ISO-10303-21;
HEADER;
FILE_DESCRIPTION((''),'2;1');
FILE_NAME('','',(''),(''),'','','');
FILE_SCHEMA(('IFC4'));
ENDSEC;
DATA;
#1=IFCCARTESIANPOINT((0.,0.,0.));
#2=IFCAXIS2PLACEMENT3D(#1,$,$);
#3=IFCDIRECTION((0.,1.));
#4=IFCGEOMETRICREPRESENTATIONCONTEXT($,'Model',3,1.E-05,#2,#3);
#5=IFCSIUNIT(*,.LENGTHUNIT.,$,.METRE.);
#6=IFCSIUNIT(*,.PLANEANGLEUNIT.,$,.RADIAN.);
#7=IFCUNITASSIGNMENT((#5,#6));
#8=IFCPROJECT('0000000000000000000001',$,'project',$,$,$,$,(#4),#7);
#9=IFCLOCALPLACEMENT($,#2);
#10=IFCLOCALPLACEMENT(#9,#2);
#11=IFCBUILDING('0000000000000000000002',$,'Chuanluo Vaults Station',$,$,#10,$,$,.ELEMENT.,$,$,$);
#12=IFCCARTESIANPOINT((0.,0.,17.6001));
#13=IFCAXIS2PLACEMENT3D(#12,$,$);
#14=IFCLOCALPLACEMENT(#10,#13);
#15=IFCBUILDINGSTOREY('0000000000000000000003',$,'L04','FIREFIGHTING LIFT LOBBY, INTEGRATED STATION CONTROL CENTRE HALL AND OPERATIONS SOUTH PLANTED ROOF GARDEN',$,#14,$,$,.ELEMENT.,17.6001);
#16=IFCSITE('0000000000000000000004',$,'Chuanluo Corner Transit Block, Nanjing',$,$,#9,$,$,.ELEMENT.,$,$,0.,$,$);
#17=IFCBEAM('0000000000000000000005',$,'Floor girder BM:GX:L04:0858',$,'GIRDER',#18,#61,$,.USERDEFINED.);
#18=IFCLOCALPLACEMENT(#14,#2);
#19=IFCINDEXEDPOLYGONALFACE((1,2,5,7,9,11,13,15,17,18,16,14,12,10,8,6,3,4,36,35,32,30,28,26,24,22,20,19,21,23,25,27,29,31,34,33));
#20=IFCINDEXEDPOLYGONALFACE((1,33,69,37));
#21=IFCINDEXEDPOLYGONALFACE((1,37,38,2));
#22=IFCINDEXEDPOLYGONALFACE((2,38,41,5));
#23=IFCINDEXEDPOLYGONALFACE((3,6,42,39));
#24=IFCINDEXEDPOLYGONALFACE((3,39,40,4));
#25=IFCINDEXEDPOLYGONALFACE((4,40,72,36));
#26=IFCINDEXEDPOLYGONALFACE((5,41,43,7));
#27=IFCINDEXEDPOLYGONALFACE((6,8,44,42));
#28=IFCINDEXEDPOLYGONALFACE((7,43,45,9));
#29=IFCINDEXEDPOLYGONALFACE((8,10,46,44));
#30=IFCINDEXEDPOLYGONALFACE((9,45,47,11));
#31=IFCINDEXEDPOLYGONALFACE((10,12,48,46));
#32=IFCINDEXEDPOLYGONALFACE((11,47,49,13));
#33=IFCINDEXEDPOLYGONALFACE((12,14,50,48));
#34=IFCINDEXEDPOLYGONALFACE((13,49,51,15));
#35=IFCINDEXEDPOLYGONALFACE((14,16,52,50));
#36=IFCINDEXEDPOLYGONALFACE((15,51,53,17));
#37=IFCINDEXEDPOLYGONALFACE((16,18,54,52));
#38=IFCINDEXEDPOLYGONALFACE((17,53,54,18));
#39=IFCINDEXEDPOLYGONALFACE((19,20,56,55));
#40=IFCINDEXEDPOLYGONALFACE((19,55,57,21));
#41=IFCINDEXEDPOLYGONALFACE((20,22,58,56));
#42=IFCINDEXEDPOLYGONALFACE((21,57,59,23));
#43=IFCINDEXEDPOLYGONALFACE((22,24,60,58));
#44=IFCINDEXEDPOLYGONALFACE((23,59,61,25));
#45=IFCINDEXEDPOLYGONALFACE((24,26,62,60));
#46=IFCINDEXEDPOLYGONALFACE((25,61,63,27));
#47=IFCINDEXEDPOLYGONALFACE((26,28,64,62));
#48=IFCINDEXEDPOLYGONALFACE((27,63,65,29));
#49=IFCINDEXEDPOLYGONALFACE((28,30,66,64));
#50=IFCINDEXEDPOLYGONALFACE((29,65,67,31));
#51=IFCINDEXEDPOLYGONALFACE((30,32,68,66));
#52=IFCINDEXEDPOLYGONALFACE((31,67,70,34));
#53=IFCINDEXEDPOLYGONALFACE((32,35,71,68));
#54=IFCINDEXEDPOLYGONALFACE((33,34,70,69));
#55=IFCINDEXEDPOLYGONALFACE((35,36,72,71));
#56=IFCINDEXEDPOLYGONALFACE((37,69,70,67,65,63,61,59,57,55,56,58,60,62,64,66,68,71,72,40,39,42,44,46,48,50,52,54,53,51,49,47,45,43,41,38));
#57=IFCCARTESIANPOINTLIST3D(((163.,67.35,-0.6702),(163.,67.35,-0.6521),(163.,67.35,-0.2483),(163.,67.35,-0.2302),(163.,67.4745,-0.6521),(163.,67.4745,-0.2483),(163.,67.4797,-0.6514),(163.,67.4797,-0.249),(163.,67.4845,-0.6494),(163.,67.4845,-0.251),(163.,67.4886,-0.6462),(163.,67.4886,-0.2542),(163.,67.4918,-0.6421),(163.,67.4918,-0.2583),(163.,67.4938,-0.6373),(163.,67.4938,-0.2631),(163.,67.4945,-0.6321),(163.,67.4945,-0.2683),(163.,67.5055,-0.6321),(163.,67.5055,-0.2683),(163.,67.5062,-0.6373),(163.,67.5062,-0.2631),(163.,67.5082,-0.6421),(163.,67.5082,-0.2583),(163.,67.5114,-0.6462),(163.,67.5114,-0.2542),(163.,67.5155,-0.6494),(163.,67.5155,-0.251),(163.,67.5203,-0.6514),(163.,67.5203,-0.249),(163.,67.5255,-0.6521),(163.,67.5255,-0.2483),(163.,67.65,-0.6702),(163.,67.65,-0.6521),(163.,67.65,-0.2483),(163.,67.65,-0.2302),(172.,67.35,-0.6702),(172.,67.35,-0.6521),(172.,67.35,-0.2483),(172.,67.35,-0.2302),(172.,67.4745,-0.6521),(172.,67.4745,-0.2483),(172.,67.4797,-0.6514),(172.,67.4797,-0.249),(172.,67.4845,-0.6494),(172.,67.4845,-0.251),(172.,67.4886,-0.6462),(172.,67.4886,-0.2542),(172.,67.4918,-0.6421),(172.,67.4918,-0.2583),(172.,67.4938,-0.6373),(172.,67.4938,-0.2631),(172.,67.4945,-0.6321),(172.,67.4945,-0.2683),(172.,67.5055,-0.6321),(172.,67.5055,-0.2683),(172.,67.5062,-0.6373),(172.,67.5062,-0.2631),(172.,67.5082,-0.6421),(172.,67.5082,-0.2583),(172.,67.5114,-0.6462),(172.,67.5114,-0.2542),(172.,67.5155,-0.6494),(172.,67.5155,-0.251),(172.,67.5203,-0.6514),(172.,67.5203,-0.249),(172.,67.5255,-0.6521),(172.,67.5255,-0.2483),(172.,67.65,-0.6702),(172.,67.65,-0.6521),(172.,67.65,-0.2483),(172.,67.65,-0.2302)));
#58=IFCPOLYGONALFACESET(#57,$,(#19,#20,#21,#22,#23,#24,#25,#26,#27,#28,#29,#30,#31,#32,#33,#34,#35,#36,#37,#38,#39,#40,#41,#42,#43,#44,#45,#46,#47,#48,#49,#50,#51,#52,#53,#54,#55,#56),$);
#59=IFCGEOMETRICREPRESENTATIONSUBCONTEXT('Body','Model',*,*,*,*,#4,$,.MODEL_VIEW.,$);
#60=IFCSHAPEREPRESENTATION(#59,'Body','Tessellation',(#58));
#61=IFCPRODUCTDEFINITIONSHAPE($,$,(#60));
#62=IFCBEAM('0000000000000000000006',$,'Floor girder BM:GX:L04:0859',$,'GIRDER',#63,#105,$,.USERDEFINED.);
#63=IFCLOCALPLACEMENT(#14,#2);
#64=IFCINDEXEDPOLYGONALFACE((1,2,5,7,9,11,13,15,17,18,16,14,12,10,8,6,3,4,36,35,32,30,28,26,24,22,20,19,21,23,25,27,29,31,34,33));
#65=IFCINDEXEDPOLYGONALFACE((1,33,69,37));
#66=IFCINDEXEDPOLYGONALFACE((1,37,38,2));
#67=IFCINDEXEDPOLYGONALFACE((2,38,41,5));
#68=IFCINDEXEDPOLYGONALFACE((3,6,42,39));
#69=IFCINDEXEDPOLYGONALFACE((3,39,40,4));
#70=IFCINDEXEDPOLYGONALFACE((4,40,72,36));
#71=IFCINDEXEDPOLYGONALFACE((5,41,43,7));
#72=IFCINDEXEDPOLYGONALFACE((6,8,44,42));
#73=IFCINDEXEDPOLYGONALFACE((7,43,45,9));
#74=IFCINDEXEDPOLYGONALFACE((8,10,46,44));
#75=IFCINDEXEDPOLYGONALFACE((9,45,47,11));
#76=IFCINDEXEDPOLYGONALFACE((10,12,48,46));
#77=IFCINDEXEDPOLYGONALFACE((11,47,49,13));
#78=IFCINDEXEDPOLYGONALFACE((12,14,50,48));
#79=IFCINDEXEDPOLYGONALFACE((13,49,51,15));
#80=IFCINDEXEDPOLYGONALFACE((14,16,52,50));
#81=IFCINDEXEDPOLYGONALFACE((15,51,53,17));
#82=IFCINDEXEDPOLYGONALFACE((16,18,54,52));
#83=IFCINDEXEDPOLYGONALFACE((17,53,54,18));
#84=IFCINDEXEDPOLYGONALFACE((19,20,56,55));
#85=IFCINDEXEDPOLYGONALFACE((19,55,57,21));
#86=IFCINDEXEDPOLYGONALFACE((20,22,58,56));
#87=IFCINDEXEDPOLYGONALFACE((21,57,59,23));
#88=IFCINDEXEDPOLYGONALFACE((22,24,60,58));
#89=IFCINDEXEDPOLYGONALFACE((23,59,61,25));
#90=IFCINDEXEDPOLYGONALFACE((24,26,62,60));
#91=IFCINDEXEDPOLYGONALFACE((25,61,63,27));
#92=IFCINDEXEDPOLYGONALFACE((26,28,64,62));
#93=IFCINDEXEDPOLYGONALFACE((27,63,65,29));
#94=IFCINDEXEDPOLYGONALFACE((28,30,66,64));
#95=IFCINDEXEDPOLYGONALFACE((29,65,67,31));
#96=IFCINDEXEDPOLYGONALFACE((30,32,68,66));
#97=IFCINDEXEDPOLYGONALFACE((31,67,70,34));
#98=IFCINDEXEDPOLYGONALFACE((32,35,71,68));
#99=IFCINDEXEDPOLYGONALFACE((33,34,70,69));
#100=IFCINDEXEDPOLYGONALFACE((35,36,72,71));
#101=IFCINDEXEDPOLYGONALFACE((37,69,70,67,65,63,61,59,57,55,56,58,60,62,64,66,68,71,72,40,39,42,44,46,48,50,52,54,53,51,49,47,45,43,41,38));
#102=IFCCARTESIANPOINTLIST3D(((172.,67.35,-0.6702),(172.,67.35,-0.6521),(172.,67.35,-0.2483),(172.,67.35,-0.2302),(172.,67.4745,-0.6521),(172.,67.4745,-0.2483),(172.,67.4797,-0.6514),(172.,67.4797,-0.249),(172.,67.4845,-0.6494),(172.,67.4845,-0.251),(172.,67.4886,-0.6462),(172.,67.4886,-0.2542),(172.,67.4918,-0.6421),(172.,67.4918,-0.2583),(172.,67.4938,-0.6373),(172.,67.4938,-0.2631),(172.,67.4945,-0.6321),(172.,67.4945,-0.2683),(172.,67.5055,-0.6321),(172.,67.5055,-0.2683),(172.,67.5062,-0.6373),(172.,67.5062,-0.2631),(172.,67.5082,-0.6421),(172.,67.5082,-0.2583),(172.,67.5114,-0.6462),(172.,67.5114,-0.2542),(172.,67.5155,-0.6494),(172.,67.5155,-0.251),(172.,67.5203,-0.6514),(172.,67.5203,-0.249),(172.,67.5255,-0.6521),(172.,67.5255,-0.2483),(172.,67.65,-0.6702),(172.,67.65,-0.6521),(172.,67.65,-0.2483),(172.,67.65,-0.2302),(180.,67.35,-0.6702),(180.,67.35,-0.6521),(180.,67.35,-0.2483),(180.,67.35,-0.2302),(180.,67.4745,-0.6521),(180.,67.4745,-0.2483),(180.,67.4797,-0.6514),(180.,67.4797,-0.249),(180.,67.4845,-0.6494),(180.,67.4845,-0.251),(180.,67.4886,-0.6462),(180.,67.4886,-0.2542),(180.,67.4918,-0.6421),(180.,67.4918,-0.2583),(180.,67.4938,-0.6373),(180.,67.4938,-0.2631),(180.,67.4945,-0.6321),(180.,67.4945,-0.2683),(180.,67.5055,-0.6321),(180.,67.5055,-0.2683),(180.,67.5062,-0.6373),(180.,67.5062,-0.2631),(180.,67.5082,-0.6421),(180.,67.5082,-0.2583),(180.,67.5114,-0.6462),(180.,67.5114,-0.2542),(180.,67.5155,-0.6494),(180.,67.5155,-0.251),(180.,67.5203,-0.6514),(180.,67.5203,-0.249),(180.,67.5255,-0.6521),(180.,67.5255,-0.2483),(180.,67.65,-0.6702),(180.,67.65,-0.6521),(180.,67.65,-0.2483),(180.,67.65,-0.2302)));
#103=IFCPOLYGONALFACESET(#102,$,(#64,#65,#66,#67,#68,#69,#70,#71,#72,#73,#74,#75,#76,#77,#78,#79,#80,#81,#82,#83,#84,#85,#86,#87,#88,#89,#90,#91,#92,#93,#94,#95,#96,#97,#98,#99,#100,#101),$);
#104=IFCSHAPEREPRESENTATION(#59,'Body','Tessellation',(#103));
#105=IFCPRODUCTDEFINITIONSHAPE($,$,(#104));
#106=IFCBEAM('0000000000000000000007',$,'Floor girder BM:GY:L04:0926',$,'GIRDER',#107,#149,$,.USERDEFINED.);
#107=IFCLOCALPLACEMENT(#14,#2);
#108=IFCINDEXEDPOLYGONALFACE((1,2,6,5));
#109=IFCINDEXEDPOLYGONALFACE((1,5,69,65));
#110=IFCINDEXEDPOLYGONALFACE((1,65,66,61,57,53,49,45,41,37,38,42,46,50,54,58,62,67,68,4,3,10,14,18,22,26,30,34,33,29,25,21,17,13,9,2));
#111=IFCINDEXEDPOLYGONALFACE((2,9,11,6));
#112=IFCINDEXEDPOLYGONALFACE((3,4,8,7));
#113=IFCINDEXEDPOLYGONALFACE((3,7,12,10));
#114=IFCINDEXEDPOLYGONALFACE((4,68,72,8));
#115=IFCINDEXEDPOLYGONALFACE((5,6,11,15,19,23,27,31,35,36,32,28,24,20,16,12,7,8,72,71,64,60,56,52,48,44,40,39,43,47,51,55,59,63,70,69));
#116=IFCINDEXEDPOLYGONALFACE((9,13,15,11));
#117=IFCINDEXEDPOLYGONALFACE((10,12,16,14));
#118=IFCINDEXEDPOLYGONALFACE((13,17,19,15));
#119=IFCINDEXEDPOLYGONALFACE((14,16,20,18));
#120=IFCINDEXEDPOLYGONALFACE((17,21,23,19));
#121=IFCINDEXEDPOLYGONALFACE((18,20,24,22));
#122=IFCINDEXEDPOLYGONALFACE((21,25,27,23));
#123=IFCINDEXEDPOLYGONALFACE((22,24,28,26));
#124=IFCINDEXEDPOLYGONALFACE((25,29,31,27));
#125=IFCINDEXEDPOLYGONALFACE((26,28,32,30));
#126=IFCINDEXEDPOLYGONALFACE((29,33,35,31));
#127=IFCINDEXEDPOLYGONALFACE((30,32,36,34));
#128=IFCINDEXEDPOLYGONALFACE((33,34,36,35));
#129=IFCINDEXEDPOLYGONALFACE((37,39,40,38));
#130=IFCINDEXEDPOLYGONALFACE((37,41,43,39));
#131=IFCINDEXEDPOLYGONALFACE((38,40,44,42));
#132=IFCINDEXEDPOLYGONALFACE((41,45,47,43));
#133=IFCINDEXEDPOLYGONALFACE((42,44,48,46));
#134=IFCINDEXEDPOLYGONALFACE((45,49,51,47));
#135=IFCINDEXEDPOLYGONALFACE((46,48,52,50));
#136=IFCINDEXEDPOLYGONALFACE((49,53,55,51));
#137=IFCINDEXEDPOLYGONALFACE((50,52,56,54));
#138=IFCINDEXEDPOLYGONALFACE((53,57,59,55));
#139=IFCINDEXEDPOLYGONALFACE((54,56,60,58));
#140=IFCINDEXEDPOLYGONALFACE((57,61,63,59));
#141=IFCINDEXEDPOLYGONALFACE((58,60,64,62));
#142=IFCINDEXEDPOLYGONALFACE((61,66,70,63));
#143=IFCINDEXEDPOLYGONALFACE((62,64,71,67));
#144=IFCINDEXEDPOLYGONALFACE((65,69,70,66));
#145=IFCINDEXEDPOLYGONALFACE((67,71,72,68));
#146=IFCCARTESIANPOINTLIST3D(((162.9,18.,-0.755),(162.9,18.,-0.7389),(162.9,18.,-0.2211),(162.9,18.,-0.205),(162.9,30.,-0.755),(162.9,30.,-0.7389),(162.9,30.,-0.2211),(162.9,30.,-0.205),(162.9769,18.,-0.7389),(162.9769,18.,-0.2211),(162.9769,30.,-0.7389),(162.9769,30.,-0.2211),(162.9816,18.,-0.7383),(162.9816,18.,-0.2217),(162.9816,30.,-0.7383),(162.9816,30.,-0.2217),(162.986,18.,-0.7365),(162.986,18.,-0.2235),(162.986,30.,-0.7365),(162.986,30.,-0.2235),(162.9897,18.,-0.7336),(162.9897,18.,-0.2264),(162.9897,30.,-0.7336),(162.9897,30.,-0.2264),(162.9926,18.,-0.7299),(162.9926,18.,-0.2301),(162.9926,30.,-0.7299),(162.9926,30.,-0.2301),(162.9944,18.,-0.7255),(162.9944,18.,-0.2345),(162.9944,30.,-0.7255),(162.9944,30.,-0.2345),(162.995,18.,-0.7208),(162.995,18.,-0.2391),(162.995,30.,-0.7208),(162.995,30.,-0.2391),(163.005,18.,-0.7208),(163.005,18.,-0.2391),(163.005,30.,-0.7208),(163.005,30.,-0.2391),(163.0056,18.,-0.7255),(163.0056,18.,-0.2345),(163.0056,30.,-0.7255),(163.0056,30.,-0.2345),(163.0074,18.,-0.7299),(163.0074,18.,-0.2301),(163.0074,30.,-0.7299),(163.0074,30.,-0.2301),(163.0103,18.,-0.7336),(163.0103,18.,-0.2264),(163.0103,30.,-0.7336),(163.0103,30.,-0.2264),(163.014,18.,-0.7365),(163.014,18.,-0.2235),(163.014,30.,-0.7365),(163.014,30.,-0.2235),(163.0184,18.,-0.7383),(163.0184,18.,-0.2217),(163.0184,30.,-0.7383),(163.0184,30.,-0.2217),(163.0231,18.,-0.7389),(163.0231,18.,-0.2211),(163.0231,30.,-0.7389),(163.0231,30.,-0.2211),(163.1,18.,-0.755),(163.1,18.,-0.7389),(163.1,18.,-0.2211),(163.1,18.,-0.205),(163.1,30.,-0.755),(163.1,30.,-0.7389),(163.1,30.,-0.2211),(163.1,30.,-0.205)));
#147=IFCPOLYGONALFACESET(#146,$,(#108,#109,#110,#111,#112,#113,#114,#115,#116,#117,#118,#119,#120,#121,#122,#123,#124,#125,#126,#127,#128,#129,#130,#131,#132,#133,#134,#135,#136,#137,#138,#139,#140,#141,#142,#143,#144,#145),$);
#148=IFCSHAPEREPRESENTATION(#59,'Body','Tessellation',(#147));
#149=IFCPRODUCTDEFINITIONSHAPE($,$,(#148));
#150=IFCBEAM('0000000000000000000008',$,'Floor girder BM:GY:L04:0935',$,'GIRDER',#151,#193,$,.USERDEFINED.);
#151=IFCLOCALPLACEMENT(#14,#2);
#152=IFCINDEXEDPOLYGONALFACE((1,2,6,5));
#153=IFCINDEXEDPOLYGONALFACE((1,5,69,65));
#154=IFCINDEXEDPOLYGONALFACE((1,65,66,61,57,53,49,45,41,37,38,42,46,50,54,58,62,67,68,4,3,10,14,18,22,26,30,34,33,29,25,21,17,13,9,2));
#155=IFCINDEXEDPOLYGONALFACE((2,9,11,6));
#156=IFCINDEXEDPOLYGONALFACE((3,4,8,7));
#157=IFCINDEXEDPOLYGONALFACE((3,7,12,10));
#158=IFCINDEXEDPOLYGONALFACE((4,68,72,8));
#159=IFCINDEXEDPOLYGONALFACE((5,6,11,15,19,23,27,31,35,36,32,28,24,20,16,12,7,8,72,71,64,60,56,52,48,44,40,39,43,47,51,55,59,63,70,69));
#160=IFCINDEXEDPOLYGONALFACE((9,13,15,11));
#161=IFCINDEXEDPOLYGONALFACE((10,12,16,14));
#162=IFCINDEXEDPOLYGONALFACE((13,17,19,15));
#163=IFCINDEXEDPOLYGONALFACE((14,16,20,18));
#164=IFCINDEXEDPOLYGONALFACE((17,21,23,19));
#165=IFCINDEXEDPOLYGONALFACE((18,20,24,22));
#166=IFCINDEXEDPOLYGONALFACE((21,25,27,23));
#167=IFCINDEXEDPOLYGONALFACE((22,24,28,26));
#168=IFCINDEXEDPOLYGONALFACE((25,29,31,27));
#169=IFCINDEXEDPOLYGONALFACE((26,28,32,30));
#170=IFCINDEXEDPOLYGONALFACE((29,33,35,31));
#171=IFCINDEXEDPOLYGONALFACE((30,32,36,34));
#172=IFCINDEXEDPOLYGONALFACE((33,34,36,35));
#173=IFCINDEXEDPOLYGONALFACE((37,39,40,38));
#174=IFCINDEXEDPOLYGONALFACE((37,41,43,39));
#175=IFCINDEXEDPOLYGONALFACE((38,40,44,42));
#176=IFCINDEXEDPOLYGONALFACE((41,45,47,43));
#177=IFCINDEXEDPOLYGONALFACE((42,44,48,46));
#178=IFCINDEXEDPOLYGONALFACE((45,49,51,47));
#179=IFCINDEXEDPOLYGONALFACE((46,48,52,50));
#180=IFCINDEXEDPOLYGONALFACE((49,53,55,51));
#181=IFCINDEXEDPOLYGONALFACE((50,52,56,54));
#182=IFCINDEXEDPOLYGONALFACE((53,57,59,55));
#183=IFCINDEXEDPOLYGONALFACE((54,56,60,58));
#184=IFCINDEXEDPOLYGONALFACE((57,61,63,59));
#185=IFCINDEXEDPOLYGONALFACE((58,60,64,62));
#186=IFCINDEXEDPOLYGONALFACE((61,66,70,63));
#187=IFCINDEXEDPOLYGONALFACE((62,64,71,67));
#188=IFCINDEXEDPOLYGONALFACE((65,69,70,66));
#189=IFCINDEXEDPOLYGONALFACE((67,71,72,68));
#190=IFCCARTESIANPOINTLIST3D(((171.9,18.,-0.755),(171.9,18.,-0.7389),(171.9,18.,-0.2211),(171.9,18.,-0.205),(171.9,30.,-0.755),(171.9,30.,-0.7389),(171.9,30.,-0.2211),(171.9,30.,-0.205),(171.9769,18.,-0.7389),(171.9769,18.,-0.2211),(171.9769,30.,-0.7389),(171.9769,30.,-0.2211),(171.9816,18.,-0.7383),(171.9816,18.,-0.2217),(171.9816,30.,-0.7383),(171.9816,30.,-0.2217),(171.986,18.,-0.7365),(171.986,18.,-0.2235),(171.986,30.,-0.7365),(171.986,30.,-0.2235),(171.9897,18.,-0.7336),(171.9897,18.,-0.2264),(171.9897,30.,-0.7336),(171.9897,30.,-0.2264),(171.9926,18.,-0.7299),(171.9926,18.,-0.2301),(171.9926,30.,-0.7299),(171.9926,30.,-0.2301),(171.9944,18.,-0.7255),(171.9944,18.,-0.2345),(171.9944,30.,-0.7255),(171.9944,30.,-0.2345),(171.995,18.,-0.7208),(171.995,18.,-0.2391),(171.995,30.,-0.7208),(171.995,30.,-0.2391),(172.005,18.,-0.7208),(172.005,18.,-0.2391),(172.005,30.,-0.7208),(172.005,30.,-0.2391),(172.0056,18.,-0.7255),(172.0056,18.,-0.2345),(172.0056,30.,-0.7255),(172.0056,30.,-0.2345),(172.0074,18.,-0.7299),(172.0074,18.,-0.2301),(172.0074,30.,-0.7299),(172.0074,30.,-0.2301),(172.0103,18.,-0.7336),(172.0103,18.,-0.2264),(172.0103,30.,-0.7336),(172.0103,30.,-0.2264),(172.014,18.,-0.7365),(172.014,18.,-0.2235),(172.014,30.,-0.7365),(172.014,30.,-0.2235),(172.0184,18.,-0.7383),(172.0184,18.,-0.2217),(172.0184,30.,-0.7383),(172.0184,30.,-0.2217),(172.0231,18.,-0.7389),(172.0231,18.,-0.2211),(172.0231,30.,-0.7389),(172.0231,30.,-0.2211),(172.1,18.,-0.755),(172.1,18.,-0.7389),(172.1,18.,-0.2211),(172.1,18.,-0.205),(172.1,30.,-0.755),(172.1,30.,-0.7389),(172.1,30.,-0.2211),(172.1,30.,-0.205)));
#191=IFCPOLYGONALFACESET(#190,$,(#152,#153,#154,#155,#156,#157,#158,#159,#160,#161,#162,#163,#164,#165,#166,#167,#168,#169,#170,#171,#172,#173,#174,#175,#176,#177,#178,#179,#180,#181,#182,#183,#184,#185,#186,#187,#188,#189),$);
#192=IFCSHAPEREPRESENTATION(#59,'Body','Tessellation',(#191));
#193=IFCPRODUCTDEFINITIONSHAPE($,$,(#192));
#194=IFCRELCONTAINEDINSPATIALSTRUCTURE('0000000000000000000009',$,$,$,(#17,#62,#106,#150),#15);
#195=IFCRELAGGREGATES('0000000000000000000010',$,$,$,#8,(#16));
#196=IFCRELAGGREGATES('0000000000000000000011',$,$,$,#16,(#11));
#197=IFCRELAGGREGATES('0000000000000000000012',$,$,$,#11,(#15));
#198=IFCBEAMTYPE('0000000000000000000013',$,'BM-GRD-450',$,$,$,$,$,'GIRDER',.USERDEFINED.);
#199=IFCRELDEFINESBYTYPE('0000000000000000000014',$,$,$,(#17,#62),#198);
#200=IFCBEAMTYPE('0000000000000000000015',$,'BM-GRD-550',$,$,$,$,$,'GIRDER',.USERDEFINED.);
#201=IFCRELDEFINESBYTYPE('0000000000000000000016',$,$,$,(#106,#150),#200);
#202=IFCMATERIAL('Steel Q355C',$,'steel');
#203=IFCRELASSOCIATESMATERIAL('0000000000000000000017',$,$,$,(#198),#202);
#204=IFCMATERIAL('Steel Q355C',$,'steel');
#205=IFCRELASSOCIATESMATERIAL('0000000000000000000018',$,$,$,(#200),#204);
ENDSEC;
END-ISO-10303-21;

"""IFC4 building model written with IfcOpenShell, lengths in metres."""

from ifc_helpers import new_model, si_unit, direction, frame, origin, origin_2d, place, context, subcontext, project, spatial, i_section, extrude, material, material_profile, profile_set, type_object, element, save


model = new_model("IFC4")

# Units and contexts
model_context = context("Model", 3, precision=1e-05, world=origin(), true_north=direction((0.0, 1.0)))
body_context = subcontext(model_context, "Body", "Model", "MODEL_VIEW")
ifc_project = project(units=[si_unit("LENGTHUNIT", "METRE"), si_unit("PLANEANGLEUNIT", "RADIAN")], contexts=[model_context])

# Site, building, storey
site_placement = place(None, origin())
site = spatial("IfcSite", under=ifc_project, at=site_placement, Name="Chuanluo Corner Transit Block, Nanjing", CompositionType="ELEMENT", RefElevation=0.0)
building_placement = place(site_placement, origin())
building = spatial("IfcBuilding", under=site, at=building_placement, Name="Chuanluo Vaults Station", CompositionType="ELEMENT")
storey_placement = place(building_placement, frame((0.0, 0.0, 17.6001)))
storey = spatial("IfcBuildingStorey", under=building, at=storey_placement, Name="L04", Description="FIREFIGHTING LIFT LOBBY, INTEGRATED STATION CONTROL CENTRE HALL AND OPERATIONS SOUTH PLANTED ROOF GARDEN", CompositionType="ELEMENT", Elevation=17.6001)

# Beams
ifc_material_1 = material(Name="Steel Q355C", Category="steel")
ifc_material_profile_1 = material_profile(ifc_material_1, i_section(OverallWidth=0.3, OverallDepth=0.4399, WebThickness=0.011, FlangeThickness=0.0181, FilletRadius=0.02, at=origin_2d()))
ifc_profile_set_1 = profile_set([ifc_material_profile_1], Name="Steel Q355C")
beam_type_1 = type_object("IfcBeamType", Name="BM-GRD-450", ElementType="GIRDER", PredefinedType="USERDEFINED", material=ifc_profile_set_1)
for number, where, z_axis, x_axis, name in (
    (1, (163.0, 67.5, -0.4502), (1.0, 0.0, 0.0), (0.0, 1.0, 0.0), "Floor girder BM:GX:L04:0858"),
):
    element("IfcBeam", number, at=place(storey_placement, frame(where, z_axis=z_axis, x_axis=x_axis)), inside=storey, type_object=beam_type_1, Name=name, ObjectType="GIRDER", PredefinedType="USERDEFINED", context=body_context, shape_type="SweptSolid", body=[
        extrude(i_section(OverallWidth=0.3, OverallDepth=0.4399, WebThickness=0.011, FlangeThickness=0.0181, FilletRadius=0.02, at=origin_2d()), origin(), (0.0, 0.0, 1.0), 9.0),
    ])
beam_1_placement = place(storey_placement, frame((172.0, 67.5, -0.4502), z_axis=(1.0, 0.0, 0.0), x_axis=(0.0, 1.0, 0.0)))
element("IfcBeam", 2, at=beam_1_placement, inside=storey, type_object=beam_type_1, Name="Floor girder BM:GX:L04:0859", ObjectType="GIRDER", PredefinedType="USERDEFINED", context=body_context, shape_type="SweptSolid", body=[
    extrude(i_section(OverallWidth=0.3, OverallDepth=0.4399, WebThickness=0.011, FlangeThickness=0.0181, FilletRadius=0.02, at=origin_2d()), origin(), (0.0, 0.0, 1.0), 8.0),
])
ifc_material_2 = material(Name="Steel Q355C", Category="steel")
ifc_material_profile_2 = material_profile(ifc_material_2, i_section(OverallWidth=0.2, OverallDepth=0.55, WebThickness=0.01, FlangeThickness=0.0161, FilletRadius=0.0181, at=origin_2d()))
ifc_profile_set_2 = profile_set([ifc_material_profile_2], Name="Steel Q355C")
beam_type_2 = type_object("IfcBeamType", Name="BM-GRD-550", ElementType="GIRDER", PredefinedType="USERDEFINED", material=ifc_profile_set_2)
for number, where, z_axis, x_axis, name in (
    (3, (163.0, 18.0, -0.48), (0.0, 1.0, 0.0), (-1.0, 0.0, 0.0), "Floor girder BM:GY:L04:0926"),
    (4, (172.0, 18.0, -0.48), (0.0, 1.0, 0.0), (-1.0, 0.0, 0.0), "Floor girder BM:GY:L04:0935"),
):
    element("IfcBeam", number, at=place(storey_placement, frame(where, z_axis=z_axis, x_axis=x_axis)), inside=storey, type_object=beam_type_2, Name=name, ObjectType="GIRDER", PredefinedType="USERDEFINED", context=body_context, shape_type="SweptSolid", body=[
        extrude(i_section(OverallWidth=0.2, OverallDepth=0.55, WebThickness=0.01, FlangeThickness=0.0161, FilletRadius=0.0181, at=origin_2d()), origin(), (0.0, 0.0, 1.0), 12.0),
    ])

save(model, "model.ifc")
